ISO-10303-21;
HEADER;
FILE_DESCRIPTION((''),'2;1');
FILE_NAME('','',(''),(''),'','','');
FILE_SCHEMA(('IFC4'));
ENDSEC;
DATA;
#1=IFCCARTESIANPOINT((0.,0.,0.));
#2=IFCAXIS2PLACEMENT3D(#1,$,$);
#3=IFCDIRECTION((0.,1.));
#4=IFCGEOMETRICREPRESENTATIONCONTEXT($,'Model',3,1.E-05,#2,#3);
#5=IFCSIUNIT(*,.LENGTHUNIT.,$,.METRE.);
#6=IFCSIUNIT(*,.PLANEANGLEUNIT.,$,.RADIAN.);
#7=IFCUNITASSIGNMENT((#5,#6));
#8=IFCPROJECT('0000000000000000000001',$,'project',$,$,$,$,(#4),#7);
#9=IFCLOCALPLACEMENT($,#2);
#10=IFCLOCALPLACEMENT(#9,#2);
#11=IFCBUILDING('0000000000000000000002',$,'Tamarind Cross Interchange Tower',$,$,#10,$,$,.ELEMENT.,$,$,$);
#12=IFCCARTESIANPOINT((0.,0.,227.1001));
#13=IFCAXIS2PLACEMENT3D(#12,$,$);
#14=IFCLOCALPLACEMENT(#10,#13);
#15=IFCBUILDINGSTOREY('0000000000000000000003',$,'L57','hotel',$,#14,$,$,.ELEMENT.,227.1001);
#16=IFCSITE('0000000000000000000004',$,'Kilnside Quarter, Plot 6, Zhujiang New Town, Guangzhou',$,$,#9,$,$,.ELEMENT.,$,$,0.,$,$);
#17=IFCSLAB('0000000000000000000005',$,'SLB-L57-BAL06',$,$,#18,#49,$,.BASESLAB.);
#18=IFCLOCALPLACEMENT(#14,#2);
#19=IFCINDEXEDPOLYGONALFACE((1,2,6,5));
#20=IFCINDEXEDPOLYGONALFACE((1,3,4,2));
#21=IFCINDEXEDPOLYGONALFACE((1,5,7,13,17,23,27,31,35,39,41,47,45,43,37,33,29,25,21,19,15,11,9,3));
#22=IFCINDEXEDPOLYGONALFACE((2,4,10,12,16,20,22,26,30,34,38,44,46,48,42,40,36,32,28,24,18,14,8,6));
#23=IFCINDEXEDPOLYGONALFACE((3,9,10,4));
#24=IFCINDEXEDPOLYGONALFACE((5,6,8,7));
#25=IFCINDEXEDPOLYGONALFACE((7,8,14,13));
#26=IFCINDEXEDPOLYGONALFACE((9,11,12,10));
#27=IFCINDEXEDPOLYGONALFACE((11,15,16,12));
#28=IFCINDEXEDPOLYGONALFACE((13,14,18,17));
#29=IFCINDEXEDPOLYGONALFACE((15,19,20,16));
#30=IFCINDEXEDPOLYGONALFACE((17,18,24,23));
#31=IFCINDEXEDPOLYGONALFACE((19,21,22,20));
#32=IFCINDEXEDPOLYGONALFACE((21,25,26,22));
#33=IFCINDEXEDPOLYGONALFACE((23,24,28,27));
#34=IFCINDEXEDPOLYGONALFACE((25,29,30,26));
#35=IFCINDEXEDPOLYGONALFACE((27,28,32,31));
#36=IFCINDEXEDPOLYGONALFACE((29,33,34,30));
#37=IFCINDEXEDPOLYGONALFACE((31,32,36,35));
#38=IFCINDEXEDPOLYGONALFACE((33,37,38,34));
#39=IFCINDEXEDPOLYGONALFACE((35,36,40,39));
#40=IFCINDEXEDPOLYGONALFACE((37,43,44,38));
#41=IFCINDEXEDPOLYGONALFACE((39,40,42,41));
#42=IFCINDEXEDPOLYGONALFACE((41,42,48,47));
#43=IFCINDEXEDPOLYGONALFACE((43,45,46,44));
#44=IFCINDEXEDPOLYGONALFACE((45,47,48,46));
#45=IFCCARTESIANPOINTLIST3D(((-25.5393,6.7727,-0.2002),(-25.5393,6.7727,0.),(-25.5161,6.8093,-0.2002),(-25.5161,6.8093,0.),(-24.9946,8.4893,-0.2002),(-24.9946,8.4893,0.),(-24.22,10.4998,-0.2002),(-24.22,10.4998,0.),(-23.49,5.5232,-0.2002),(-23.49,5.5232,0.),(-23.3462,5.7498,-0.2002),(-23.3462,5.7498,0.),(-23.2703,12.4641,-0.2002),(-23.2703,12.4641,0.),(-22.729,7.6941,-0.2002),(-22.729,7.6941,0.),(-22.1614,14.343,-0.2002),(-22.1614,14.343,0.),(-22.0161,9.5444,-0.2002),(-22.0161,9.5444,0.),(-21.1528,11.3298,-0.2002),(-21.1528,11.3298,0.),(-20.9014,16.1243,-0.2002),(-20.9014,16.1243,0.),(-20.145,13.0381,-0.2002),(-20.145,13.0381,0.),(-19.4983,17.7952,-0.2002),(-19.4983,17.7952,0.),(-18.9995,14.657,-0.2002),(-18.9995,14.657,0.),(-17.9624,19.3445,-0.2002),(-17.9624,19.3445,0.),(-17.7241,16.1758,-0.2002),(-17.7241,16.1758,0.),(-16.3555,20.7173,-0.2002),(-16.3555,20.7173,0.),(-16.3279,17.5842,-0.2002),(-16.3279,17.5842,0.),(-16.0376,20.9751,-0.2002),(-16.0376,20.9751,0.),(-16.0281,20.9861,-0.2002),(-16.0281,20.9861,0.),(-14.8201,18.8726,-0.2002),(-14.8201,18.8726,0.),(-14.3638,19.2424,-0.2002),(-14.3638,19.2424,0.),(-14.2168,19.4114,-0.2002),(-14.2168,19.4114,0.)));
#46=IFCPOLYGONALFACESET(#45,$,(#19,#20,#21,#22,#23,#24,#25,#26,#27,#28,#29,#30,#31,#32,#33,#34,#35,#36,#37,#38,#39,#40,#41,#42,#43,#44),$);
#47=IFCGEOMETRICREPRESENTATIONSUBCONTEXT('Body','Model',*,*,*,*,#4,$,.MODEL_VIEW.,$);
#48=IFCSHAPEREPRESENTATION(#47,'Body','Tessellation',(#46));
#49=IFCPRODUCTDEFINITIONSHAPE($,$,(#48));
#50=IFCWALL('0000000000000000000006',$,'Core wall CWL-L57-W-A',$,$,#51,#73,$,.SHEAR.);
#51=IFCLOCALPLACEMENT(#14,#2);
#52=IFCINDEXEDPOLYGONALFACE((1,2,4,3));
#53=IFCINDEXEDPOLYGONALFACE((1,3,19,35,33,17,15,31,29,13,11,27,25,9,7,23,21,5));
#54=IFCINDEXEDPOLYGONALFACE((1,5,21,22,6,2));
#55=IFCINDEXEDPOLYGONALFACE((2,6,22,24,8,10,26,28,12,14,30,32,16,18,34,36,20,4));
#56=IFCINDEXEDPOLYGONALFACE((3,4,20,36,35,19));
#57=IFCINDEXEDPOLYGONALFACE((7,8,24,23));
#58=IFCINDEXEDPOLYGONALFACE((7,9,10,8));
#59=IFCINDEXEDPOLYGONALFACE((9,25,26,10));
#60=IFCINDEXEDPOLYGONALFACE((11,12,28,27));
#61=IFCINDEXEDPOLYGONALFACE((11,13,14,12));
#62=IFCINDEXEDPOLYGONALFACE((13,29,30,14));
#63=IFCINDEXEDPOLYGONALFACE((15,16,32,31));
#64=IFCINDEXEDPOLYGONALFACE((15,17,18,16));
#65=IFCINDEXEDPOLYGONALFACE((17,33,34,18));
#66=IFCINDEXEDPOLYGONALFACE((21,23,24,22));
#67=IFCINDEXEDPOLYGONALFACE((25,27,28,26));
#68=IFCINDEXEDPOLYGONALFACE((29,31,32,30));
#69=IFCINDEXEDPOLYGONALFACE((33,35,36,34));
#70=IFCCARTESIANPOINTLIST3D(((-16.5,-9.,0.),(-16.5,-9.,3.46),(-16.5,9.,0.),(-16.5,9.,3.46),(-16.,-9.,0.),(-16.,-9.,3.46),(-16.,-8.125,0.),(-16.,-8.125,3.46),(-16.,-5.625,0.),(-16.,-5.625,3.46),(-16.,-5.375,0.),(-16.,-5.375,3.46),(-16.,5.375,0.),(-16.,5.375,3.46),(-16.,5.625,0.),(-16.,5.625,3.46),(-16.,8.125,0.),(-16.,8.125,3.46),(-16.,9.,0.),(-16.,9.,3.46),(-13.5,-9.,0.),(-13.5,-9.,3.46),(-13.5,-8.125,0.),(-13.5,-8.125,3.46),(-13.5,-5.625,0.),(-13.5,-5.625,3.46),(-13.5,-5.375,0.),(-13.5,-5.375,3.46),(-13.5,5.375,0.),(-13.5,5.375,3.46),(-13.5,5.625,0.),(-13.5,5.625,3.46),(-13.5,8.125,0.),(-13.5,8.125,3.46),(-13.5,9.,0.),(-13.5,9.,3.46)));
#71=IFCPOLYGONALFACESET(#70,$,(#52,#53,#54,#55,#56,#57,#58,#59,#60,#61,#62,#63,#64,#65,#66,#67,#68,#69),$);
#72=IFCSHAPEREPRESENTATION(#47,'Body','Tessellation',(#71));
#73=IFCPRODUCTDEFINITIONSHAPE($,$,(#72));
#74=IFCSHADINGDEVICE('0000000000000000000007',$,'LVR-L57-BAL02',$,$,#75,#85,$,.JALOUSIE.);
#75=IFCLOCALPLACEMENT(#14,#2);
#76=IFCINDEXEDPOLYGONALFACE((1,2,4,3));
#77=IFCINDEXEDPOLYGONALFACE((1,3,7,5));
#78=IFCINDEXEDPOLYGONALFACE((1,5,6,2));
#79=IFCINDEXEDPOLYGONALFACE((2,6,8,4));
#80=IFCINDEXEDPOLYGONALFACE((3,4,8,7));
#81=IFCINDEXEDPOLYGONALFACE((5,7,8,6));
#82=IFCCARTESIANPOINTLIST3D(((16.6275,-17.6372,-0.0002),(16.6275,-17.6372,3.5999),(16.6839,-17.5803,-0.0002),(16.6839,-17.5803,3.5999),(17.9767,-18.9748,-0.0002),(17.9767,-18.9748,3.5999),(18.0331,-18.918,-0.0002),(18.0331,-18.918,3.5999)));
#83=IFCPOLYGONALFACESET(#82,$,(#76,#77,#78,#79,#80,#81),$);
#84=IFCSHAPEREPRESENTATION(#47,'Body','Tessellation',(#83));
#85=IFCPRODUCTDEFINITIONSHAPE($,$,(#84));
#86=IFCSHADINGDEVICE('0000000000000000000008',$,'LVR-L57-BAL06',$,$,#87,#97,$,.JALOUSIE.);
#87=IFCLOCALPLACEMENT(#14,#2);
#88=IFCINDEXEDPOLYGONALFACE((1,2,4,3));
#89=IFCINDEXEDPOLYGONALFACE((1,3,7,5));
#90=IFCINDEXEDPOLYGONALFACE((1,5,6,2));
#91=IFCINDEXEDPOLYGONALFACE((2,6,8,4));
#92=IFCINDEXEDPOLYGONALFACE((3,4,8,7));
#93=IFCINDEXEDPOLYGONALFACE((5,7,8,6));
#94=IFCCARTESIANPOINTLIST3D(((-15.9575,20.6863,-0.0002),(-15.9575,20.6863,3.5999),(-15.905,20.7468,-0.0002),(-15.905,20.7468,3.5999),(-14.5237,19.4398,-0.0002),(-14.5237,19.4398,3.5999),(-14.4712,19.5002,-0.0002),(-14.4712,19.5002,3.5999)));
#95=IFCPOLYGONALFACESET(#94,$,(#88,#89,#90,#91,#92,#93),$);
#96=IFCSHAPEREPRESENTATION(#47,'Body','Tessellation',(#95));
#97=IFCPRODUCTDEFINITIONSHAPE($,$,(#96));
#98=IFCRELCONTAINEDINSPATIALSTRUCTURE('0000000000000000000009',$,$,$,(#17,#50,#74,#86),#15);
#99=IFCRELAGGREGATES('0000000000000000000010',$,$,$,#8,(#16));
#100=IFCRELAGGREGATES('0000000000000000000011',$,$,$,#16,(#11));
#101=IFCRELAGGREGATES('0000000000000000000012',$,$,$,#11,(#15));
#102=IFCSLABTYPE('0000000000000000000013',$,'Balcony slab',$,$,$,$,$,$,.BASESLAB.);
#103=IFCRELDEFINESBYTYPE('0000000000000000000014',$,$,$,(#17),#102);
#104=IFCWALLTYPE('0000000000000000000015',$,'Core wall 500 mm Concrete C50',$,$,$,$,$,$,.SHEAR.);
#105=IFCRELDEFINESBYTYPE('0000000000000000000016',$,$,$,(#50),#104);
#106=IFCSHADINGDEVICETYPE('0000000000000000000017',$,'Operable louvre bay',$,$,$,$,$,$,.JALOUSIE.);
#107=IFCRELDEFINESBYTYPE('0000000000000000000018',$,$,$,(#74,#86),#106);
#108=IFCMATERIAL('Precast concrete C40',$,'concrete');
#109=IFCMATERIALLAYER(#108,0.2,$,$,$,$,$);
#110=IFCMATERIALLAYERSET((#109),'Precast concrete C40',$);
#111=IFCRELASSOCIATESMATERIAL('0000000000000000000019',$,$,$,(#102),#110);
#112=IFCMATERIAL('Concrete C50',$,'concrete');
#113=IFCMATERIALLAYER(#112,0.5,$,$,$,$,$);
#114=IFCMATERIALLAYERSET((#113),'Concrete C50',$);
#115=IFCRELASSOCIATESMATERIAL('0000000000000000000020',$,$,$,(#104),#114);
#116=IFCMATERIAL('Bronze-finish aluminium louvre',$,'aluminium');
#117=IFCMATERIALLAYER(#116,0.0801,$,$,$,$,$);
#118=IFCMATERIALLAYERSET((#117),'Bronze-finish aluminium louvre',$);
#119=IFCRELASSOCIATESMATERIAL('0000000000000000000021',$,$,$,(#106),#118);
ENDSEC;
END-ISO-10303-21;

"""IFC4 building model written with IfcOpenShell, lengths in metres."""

from ifc_helpers import new_model, si_unit, direction, frame, origin, origin_2d, place, context, subcontext, project, spatial, polyline, rectangle, outline, extrude, material, layer, layer_set, type_object, element, save


model = new_model("IFC4")

# Units and contexts
model_context = context("Model", 3, precision=1e-05, world=origin(), true_north=direction((0.0, 1.0)))
body_context = subcontext(model_context, "Body", "Model", "MODEL_VIEW")
ifc_project = project(units=[si_unit("LENGTHUNIT", "METRE"), si_unit("PLANEANGLEUNIT", "RADIAN")], contexts=[model_context])

# Site, building, storey
site_placement = place(None, origin())
site = spatial("IfcSite", under=ifc_project, at=site_placement, Name="Kilnside Quarter, Plot 6, Zhujiang New Town, Guangzhou", CompositionType="ELEMENT", RefElevation=0.0)
building_placement = place(site_placement, origin())
building = spatial("IfcBuilding", under=site, at=building_placement, Name="Tamarind Cross Interchange Tower", CompositionType="ELEMENT")
storey_placement = place(building_placement, frame((0.0, 0.0, 227.1001)))
storey = spatial("IfcBuildingStorey", under=building, at=storey_placement, Name="L57", Description="hotel", CompositionType="ELEMENT", Elevation=227.1001)

# Slab
ifc_material_1 = material(Name="Precast concrete C40", Category="concrete")
ifc_layer_1 = layer(ifc_material_1, 0.2)
ifc_layer_set_1 = layer_set([ifc_layer_1], Name="Precast concrete C40")
slab_type = type_object("IfcSlabType", Name="Balcony slab", PredefinedType="BASESLAB", material=ifc_layer_set_1)
slab_1_placement = place(storey_placement, frame((0.0, 0.0, -0.2002)))
element("IfcSlab", 1, at=slab_1_placement, inside=storey, type_object=slab_type, Name="SLB-L57-BAL06", PredefinedType="BASESLAB", context=body_context, shape_type="SweptSolid", body=[
    extrude(outline(polyline([(-14.2168, 19.4114), (-14.3638, 19.2424), (-14.8201, 18.8726), (-16.3279, 17.5842), (-17.7241, 16.1758), (-18.9995, 14.657), (-20.145, 13.0381), (-21.1528, 11.3298), (-22.0161, 9.5444), (-22.729, 7.6941), (-23.3462, 5.7498), (-23.49, 5.5232), (-25.5161, 6.8093), (-25.5393, 6.7727), (-24.9946, 8.4893), (-24.22, 10.4998), (-23.2703, 12.4641), (-22.1614, 14.343), (-20.9014, 16.1243), (-19.4983, 17.7952), (-17.9624, 19.3445), (-16.3555, 20.7173), (-16.0376, 20.9751), (-16.0281, 20.9861), (-14.2168, 19.4114)])), origin(), (0.0, 0.0, 1.0), 0.2002),
])

# Wall
ifc_material_2 = material(Name="Concrete C50", Category="concrete")
ifc_layer_2 = layer(ifc_material_2, 0.5)
ifc_layer_set_2 = layer_set([ifc_layer_2], Name="Concrete C50")
wall_type = type_object("IfcWallType", Name="Core wall 500 mm Concrete C50", PredefinedType="SHEAR", material=ifc_layer_set_2)
wall_placement = place(storey_placement, origin())
element("IfcWall", 2, at=wall_placement, inside=storey, type_object=wall_type, Name="Core wall CWL-L57-W-A", PredefinedType="SHEAR", context=body_context, shape_type="SweptSolid", body=[
    extrude(outline(polyline([(-13.5, -8.125), (-16.0, -8.125), (-16.0, -5.625), (-13.5, -5.625), (-13.5, -5.375), (-16.0, -5.375), (-16.0, 5.375), (-13.5, 5.375), (-13.5, 5.625), (-16.0, 5.625), (-16.0, 8.125), (-13.5, 8.125), (-13.5, 9.0), (-16.0, 9.0), (-16.5, 9.0), (-16.5, -9.0), (-16.0, -9.0), (-13.5, -9.0), (-13.5, -8.125)])), origin(), (0.0, 0.0, 1.0), 3.46),
])

# Shading devices
ifc_material_3 = material(Name="Bronze-finish aluminium louvre", Category="aluminium")
ifc_layer_3 = layer(ifc_material_3, 0.0801)
ifc_layer_set_3 = layer_set([ifc_layer_3], Name="Bronze-finish aluminium louvre")
shading_device_type = type_object("IfcShadingDeviceType", Name="Operable louvre bay", PredefinedType="JALOUSIE", material=ifc_layer_set_3)
shading_device_1_placement = place(storey_placement, origin())
element("IfcShadingDevice", 3, at=shading_device_1_placement, inside=storey, type_object=shading_device_type, Name="LVR-L57-BAL02", PredefinedType="JALOUSIE", context=body_context, shape_type="SweptSolid", body=[
    extrude(rectangle(XDim=1.8999, YDim=0.0801, at=origin_2d()), frame((17.3303, -18.2776, -0.0002), z_axis=(0.0, 0.0, 1.0), x_axis=(0.710143, -0.704057, 0.0)), (0.0, 0.0, 1.0), 3.6001),
])
shading_device_2_placement = place(storey_placement, origin())
element("IfcShadingDevice", 4, at=shading_device_2_placement, inside=storey, type_object=shading_device_type, Name="LVR-L57-BAL06", PredefinedType="JALOUSIE", context=body_context, shape_type="SweptSolid", body=[
    extrude(rectangle(XDim=1.8999, YDim=0.0801, at=origin_2d()), frame((-15.2144, 20.0933, -0.0002), z_axis=(0.0, 0.0, 1.0), x_axis=(-0.754665, 0.65611, 0.0)), (0.0, 0.0, 1.0), 3.6001),
])

save(model, "model.ifc")
